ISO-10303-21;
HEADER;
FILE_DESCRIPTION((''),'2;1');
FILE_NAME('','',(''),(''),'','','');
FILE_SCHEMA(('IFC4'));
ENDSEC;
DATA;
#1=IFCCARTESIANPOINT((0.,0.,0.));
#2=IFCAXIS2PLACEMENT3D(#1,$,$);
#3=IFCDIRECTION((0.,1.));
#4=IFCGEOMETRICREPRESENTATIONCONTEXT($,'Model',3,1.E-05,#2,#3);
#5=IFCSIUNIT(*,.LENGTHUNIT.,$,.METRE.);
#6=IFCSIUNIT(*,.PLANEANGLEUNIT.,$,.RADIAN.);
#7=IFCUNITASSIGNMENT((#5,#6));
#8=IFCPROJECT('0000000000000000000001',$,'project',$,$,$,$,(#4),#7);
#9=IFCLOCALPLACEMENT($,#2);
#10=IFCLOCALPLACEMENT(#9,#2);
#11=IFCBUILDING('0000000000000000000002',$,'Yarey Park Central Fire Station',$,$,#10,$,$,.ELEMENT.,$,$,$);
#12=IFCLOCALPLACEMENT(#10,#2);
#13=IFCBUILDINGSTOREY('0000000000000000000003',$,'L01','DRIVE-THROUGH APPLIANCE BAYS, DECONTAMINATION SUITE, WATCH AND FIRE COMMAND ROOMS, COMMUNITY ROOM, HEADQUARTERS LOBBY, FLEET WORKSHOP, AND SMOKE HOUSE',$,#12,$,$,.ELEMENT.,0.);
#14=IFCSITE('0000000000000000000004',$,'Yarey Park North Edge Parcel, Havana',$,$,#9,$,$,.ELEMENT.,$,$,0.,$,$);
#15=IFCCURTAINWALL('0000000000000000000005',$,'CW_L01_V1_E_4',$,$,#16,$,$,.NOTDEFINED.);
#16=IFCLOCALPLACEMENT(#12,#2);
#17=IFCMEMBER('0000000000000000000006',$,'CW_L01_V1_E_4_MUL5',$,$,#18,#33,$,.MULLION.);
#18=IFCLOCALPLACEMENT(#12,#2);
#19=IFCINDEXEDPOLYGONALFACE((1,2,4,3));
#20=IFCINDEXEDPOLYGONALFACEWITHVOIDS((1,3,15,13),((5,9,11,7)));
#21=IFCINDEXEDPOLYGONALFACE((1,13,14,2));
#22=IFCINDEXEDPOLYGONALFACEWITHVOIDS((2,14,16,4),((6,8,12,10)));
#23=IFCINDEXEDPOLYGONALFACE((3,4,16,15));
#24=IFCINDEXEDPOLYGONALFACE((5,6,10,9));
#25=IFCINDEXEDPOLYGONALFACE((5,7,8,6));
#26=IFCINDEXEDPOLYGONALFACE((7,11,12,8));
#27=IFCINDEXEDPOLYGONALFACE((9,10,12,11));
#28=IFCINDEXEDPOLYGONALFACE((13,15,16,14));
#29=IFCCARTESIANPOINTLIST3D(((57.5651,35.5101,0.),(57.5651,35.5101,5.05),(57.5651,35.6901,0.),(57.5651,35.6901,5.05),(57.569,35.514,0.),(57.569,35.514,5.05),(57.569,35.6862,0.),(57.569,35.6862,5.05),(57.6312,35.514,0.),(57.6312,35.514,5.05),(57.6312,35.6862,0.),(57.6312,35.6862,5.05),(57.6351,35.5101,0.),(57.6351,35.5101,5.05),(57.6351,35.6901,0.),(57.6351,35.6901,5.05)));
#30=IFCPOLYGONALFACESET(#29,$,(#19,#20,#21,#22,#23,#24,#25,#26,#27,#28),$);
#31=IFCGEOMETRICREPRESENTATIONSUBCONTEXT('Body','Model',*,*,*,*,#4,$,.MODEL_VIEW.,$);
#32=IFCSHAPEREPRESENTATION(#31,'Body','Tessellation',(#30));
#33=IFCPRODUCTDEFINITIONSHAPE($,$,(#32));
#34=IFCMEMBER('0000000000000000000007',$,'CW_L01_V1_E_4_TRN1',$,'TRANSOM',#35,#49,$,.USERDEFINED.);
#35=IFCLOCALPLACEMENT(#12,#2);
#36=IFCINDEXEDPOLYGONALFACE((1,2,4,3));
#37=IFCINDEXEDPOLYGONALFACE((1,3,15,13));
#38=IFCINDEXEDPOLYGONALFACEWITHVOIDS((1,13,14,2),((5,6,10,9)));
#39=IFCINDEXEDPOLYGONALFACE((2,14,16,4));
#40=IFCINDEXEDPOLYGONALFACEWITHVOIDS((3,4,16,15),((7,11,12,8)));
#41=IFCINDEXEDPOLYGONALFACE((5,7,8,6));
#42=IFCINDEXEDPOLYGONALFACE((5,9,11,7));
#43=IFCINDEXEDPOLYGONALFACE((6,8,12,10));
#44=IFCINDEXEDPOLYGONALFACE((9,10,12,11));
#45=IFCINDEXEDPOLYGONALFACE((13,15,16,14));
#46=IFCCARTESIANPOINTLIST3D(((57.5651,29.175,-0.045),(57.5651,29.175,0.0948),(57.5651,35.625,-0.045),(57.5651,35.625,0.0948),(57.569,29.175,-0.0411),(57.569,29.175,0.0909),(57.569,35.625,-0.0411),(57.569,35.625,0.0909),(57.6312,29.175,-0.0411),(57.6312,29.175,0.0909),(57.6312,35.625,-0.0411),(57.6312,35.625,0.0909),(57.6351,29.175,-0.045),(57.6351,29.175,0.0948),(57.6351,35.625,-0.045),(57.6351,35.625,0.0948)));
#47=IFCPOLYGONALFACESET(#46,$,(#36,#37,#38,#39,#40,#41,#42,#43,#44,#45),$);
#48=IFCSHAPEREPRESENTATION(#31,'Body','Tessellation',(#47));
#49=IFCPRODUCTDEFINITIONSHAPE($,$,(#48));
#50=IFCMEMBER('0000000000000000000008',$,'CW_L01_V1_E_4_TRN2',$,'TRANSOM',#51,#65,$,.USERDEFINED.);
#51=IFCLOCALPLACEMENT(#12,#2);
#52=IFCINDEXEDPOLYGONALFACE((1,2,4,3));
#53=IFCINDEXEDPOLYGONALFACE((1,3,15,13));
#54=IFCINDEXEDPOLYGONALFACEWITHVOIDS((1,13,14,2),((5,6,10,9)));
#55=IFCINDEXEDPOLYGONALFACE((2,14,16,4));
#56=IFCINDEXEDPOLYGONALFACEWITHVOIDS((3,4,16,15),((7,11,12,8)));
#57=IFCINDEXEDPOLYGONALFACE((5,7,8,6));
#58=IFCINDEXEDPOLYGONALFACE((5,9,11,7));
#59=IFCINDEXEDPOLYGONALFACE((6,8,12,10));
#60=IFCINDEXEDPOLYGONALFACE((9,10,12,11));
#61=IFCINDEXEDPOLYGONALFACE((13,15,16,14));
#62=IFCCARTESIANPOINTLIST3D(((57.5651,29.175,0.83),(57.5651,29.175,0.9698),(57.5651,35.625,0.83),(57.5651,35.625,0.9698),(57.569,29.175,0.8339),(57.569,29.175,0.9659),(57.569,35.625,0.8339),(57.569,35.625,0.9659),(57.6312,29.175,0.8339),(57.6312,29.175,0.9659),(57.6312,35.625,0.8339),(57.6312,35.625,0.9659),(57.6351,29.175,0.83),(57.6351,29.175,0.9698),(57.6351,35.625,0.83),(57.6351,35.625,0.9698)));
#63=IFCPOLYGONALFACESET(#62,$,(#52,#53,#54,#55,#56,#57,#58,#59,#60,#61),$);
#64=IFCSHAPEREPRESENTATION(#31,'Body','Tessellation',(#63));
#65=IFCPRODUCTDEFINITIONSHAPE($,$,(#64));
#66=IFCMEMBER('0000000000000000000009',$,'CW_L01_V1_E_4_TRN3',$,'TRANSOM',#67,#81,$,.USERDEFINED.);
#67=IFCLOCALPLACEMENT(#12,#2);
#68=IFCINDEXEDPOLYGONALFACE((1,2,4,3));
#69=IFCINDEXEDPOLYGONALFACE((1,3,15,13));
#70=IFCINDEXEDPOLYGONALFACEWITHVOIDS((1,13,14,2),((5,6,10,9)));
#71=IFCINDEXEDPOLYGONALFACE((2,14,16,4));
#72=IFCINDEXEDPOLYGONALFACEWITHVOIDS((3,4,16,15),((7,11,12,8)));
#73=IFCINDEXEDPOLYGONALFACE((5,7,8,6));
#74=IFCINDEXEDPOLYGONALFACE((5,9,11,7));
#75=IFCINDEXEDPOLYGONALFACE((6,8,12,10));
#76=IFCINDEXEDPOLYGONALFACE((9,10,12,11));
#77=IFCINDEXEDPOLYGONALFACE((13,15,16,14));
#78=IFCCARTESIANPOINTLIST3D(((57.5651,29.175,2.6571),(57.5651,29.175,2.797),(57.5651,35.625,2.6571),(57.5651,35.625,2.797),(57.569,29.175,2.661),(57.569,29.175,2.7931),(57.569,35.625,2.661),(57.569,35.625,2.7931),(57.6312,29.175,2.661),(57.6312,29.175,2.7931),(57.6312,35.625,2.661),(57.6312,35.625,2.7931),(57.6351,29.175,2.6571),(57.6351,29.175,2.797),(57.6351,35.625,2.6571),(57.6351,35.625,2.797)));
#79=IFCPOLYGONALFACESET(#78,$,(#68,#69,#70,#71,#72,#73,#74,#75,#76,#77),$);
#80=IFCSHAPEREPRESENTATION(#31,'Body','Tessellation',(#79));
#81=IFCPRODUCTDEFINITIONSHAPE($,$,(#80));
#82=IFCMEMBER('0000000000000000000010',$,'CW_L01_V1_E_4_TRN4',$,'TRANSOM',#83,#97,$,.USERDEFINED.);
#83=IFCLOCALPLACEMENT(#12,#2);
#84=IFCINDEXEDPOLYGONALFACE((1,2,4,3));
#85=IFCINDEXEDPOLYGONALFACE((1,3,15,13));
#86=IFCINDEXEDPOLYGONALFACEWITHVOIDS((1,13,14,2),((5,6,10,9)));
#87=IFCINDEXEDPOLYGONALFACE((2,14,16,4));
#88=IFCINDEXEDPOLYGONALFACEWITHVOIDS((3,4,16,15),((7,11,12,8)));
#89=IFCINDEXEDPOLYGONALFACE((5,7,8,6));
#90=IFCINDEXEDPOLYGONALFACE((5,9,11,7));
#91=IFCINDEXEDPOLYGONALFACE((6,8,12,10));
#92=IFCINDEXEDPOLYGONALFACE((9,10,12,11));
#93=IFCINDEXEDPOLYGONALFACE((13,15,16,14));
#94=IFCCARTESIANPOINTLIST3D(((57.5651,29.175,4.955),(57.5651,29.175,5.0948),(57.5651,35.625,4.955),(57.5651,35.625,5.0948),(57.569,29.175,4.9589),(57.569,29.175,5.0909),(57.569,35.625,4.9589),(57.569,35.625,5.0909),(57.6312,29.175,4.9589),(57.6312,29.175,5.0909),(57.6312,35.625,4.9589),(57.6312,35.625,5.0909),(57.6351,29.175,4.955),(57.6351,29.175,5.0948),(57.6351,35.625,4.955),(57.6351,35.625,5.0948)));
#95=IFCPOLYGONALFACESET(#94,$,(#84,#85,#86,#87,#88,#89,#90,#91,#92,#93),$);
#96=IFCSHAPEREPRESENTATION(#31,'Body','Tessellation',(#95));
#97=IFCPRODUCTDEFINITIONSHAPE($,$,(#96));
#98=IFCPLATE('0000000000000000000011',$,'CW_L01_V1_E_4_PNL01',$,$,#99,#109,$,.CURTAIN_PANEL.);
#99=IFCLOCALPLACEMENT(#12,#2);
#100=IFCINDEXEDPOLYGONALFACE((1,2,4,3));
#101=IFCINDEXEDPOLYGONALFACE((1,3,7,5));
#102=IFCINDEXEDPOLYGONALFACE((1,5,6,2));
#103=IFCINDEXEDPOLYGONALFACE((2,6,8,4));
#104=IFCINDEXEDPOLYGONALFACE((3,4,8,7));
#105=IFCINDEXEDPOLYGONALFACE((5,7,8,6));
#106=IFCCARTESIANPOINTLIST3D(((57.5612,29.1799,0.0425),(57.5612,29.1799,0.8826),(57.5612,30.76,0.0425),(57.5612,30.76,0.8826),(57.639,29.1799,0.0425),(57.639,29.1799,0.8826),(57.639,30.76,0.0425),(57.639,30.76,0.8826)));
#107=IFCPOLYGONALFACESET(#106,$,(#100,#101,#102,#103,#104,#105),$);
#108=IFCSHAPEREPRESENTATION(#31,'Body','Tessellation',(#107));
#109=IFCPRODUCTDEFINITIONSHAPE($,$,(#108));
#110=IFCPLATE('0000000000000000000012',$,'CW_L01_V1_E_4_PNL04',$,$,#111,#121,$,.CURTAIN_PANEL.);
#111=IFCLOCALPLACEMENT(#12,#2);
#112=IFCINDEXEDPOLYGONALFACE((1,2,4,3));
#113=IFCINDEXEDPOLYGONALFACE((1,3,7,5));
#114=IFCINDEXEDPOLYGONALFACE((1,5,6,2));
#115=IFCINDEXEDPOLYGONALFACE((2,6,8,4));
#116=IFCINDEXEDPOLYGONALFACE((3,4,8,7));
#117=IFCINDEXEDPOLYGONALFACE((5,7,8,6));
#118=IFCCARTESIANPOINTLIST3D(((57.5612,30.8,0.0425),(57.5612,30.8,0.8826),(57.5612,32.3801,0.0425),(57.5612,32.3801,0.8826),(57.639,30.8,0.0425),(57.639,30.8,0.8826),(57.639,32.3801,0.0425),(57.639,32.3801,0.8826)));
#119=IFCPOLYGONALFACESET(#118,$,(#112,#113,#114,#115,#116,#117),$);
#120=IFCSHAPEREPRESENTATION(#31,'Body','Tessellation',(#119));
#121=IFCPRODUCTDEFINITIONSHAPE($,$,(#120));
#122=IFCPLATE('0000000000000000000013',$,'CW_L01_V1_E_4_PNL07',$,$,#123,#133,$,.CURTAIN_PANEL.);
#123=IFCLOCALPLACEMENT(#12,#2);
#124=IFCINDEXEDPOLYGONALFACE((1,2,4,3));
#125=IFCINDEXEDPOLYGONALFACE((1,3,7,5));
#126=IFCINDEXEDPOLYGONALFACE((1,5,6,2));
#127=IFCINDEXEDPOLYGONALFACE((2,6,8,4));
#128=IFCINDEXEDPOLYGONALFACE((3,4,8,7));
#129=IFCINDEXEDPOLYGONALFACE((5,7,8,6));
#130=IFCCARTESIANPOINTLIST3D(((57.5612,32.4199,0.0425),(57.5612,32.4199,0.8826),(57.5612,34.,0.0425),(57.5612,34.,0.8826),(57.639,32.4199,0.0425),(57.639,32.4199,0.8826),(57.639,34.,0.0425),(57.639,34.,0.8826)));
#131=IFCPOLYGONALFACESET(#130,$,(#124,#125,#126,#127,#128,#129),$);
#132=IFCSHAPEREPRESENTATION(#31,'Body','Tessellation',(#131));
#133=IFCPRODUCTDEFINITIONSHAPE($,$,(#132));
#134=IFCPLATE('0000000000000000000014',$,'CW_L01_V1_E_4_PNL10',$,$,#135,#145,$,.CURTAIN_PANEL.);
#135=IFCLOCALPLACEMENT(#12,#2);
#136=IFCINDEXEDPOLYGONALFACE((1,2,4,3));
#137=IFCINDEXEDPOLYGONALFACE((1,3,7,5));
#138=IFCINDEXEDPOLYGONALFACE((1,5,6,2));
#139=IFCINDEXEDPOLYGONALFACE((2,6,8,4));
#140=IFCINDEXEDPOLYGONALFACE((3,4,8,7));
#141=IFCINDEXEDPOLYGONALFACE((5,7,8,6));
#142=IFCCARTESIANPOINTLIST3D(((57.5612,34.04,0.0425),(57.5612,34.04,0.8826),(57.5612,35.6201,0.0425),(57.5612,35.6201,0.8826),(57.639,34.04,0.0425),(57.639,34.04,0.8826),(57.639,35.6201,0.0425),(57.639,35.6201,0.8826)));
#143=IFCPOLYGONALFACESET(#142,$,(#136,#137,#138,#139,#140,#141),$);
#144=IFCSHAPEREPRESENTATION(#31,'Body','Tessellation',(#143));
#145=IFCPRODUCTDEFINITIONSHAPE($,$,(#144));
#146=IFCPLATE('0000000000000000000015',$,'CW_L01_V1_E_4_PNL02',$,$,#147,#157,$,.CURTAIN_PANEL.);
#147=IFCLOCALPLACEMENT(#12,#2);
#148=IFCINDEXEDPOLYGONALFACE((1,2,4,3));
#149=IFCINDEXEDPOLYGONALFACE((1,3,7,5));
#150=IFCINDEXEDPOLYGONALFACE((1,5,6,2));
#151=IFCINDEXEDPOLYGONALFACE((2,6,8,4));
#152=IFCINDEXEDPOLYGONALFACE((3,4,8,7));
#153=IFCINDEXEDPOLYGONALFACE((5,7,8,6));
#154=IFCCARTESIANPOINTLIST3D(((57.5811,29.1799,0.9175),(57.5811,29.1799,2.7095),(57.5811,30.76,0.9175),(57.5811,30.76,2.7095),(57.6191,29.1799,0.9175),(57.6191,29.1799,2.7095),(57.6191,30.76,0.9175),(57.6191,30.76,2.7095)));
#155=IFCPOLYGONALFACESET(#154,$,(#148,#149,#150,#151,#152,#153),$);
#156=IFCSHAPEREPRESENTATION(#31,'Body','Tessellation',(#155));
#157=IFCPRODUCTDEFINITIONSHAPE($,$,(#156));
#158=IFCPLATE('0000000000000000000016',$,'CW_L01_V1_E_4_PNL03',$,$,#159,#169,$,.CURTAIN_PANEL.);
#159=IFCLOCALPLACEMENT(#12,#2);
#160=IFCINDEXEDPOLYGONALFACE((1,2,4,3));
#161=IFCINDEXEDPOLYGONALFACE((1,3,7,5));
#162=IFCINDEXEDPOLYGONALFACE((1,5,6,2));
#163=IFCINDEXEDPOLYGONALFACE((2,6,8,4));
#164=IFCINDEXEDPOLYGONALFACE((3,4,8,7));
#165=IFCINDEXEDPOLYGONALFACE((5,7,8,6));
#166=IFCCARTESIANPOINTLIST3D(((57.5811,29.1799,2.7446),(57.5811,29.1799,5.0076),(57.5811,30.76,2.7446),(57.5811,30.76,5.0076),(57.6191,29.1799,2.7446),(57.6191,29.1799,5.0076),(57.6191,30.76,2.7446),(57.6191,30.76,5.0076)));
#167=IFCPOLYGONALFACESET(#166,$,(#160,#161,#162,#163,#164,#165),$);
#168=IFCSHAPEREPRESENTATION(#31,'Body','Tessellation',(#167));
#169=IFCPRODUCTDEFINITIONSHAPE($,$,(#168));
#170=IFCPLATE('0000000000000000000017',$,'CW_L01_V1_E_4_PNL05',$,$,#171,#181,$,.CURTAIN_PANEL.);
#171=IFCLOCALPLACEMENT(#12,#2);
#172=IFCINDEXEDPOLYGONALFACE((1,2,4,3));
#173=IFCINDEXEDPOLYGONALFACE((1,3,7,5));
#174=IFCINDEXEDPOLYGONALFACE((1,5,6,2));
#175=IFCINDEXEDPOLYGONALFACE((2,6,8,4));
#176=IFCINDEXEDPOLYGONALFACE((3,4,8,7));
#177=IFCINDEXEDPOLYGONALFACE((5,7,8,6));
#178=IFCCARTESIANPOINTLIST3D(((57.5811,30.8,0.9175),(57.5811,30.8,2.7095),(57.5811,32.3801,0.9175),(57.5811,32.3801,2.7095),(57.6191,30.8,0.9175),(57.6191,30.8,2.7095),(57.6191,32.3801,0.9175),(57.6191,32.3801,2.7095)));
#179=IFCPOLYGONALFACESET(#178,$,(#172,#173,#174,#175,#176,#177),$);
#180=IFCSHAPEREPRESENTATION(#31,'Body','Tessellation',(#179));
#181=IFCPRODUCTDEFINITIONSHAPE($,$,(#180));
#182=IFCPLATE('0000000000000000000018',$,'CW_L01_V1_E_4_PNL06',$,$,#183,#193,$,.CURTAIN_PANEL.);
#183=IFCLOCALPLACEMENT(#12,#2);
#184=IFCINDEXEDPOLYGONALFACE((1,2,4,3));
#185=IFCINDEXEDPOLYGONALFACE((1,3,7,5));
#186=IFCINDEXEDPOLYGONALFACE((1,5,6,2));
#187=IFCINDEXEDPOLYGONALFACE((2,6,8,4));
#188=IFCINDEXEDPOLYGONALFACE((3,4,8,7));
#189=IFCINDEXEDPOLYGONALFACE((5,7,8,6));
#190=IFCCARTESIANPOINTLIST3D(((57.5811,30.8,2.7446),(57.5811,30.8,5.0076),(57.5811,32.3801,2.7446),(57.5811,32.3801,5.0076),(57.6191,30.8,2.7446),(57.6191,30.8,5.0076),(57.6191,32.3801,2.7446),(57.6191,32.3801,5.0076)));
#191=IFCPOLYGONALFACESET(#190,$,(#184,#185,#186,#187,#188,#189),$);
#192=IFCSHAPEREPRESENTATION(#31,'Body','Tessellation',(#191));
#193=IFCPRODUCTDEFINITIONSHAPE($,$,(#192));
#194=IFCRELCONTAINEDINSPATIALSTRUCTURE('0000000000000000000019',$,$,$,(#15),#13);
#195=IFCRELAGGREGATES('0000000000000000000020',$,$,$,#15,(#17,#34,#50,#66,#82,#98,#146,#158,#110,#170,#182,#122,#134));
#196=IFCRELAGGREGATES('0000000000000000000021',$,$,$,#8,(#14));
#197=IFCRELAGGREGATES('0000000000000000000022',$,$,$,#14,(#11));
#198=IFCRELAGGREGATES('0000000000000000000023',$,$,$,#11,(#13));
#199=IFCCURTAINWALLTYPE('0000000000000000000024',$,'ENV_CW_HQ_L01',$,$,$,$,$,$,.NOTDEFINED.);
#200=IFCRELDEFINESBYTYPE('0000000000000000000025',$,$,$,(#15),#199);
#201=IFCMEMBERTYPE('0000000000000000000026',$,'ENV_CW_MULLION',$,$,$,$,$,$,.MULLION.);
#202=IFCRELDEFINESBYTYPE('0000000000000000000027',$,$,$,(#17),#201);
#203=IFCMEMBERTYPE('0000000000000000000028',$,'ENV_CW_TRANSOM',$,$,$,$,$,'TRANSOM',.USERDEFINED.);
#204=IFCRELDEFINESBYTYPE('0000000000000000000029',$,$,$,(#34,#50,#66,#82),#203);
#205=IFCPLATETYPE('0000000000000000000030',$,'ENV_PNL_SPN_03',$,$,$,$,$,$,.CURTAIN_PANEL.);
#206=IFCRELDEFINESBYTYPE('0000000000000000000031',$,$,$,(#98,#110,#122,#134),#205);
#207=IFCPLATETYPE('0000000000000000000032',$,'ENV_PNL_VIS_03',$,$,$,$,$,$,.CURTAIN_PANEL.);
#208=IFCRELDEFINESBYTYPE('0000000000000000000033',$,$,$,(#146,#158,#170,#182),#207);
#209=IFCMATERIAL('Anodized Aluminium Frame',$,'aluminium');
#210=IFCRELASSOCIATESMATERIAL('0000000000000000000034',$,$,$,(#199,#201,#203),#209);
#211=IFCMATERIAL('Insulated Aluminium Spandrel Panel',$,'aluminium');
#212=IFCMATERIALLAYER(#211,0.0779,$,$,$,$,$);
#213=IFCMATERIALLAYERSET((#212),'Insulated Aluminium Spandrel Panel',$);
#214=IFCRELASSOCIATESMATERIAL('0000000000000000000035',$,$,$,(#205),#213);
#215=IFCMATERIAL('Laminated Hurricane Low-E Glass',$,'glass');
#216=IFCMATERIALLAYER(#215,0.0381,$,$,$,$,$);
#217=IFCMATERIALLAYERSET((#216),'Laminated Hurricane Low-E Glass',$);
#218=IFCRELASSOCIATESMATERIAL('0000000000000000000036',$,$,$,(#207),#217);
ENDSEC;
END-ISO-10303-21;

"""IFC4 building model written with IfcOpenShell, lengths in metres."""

from ifc_helpers import new_model, si_unit, direction, frame, origin, origin_2d, place, context, subcontext, project, spatial, rectangle, hollow_rectangle, extrude, material, layer, layer_set, material_profile, profile_set, type_object, element, aggregate, save


model = new_model("IFC4")

# Units and contexts
model_context = context("Model", 3, precision=1e-05, world=origin(), true_north=direction((0.0, 1.0)))
body_context = subcontext(model_context, "Body", "Model", "MODEL_VIEW")
ifc_project = project(units=[si_unit("LENGTHUNIT", "METRE"), si_unit("PLANEANGLEUNIT", "RADIAN")], contexts=[model_context])

# Site, building, storey
site_placement = place(None, origin())
site = spatial("IfcSite", under=ifc_project, at=site_placement, Name="Yarey Park North Edge Parcel, Havana", CompositionType="ELEMENT", RefElevation=0.0)
building_placement = place(site_placement, origin())
building = spatial("IfcBuilding", under=site, at=building_placement, Name="Yarey Park Central Fire Station", CompositionType="ELEMENT")
storey_placement = place(building_placement, origin())
storey = spatial("IfcBuildingStorey", under=building, at=storey_placement, Name="L01", Description="DRIVE-THROUGH APPLIANCE BAYS, DECONTAMINATION SUITE, WATCH AND FIRE COMMAND ROOMS, COMMUNITY ROOM, HEADQUARTERS LOBBY, FLEET WORKSHOP, AND SMOKE HOUSE", CompositionType="ELEMENT", Elevation=0.0)

# Curtain wall, members, plates
ifc_material_1 = material(Name="Anodized Aluminium Frame", Category="aluminium")
curtain_wall_type = type_object("IfcCurtainWallType", Name="ENV_CW_HQ_L01", PredefinedType="NOTDEFINED", material=ifc_material_1)
curtain_wall_placement = place(storey_placement, origin())
curtain_wall = element("IfcCurtainWall", 1, at=curtain_wall_placement, inside=storey, type_object=curtain_wall_type, Name="CW_L01_V1_E_4", PredefinedType="NOTDEFINED")
ifc_material_profile_1 = material_profile(ifc_material_1, hollow_rectangle(XDim=0.0701, YDim=0.1799, WallThickness=0.0039, at=origin_2d()), Name="ALU 180x70x4")
ifc_profile_set_1 = profile_set([ifc_material_profile_1], Name="Anodized Aluminium Frame")
member_type_1 = type_object("IfcMemberType", Name="ENV_CW_MULLION", PredefinedType="MULLION", material=ifc_profile_set_1)
member_1_placement = place(storey_placement, frame((57.6001, 35.6001, 0.0), z_axis=(0.0, 0.0, 1.0), x_axis=(1.0, 0.0, 0.0)))
member_1 = element("IfcMember", 2, at=member_1_placement, type_object=member_type_1, Name="CW_L01_V1_E_4_MUL5", PredefinedType="MULLION", context=body_context, shape_type="SweptSolid", body=[
    extrude(hollow_rectangle(XDim=0.0701, YDim=0.1799, WallThickness=0.0039, at=origin_2d()), origin(), (0.0, 0.0, 1.0), 5.05),
])
ifc_material_profile_2 = material_profile(ifc_material_1, hollow_rectangle(XDim=0.0701, YDim=0.1399, WallThickness=0.0039, at=origin_2d()), Name="ALU 140x70x4")
ifc_profile_set_2 = profile_set([ifc_material_profile_2], Name="Anodized Aluminium Frame")
member_type_2 = type_object("IfcMemberType", Name="ENV_CW_TRANSOM", ElementType="TRANSOM", PredefinedType="USERDEFINED", material=ifc_profile_set_2)
member_2_placement = place(storey_placement, frame((57.6001, 29.175, 0.0249), z_axis=(0.0, 1.0, 0.0), x_axis=(-1.0, 0.0, 0.0)))
member_2 = element("IfcMember", 3, at=member_2_placement, type_object=member_type_2, Name="CW_L01_V1_E_4_TRN1", ObjectType="TRANSOM", PredefinedType="USERDEFINED", context=body_context, shape_type="SweptSolid", body=[
    extrude(hollow_rectangle(XDim=0.0701, YDim=0.1399, WallThickness=0.0039, at=origin_2d()), origin(), (0.0, 0.0, 1.0), 6.45),
])
member_3_placement = place(storey_placement, frame((57.6001, 29.175, 0.8999), z_axis=(0.0, 1.0, 0.0), x_axis=(-1.0, 0.0, 0.0)))
member_3 = element("IfcMember", 4, at=member_3_placement, type_object=member_type_2, Name="CW_L01_V1_E_4_TRN2", ObjectType="TRANSOM", PredefinedType="USERDEFINED", context=body_context, shape_type="SweptSolid", body=[
    extrude(hollow_rectangle(XDim=0.0701, YDim=0.1399, WallThickness=0.0039, at=origin_2d()), origin(), (0.0, 0.0, 1.0), 6.45),
])
member_4_placement = place(storey_placement, frame((57.6001, 29.175, 2.7271), z_axis=(0.0, 1.0, 0.0), x_axis=(-1.0, 0.0, 0.0)))
member_4 = element("IfcMember", 5, at=member_4_placement, type_object=member_type_2, Name="CW_L01_V1_E_4_TRN3", ObjectType="TRANSOM", PredefinedType="USERDEFINED", context=body_context, shape_type="SweptSolid", body=[
    extrude(hollow_rectangle(XDim=0.0701, YDim=0.1399, WallThickness=0.0039, at=origin_2d()), origin(), (0.0, 0.0, 1.0), 6.45),
])
member_5_placement = place(storey_placement, frame((57.6001, 29.175, 5.0249), z_axis=(0.0, 1.0, 0.0), x_axis=(-1.0, 0.0, 0.0)))
member_5 = element("IfcMember", 6, at=member_5_placement, type_object=member_type_2, Name="CW_L01_V1_E_4_TRN4", ObjectType="TRANSOM", PredefinedType="USERDEFINED", context=body_context, shape_type="SweptSolid", body=[
    extrude(hollow_rectangle(XDim=0.0701, YDim=0.1399, WallThickness=0.0039, at=origin_2d()), origin(), (0.0, 0.0, 1.0), 6.45),
])
ifc_material_2 = material(Name="Insulated Aluminium Spandrel Panel", Category="aluminium")
ifc_layer_1 = layer(ifc_material_2, 0.0779)
ifc_layer_set_1 = layer_set([ifc_layer_1], Name="Insulated Aluminium Spandrel Panel")
plate_type_1 = type_object("IfcPlateType", Name="ENV_PNL_SPN_03", PredefinedType="CURTAIN_PANEL", material=ifc_layer_set_1)
plate_1_placement = place(storey_placement, frame((57.6001, 29.97, 0.0425), z_axis=(0.0, 0.0, 1.0), x_axis=(0.0, 1.0, 0.0)))
plate_1 = element("IfcPlate", 7, at=plate_1_placement, type_object=plate_type_1, Name="CW_L01_V1_E_4_PNL01", PredefinedType="CURTAIN_PANEL", context=body_context, shape_type="SweptSolid", body=[
    extrude(rectangle(XDim=1.5801, YDim=0.0779, at=origin_2d()), origin(), (0.0, 0.0, 1.0), 0.8401),
])
plate_2_placement = place(storey_placement, frame((57.6001, 31.5901, 0.0425), z_axis=(0.0, 0.0, 1.0), x_axis=(0.0, 1.0, 0.0)))
plate_2 = element("IfcPlate", 8, at=plate_2_placement, type_object=plate_type_1, Name="CW_L01_V1_E_4_PNL04", PredefinedType="CURTAIN_PANEL", context=body_context, shape_type="SweptSolid", body=[
    extrude(rectangle(XDim=1.5801, YDim=0.0779, at=origin_2d()), origin(), (0.0, 0.0, 1.0), 0.8401),
])
plate_3_placement = place(storey_placement, frame((57.6001, 33.21, 0.0425), z_axis=(0.0, 0.0, 1.0), x_axis=(0.0, 1.0, 0.0)))
plate_3 = element("IfcPlate", 9, at=plate_3_placement, type_object=plate_type_1, Name="CW_L01_V1_E_4_PNL07", PredefinedType="CURTAIN_PANEL", context=body_context, shape_type="SweptSolid", body=[
    extrude(rectangle(XDim=1.5801, YDim=0.0779, at=origin_2d()), origin(), (0.0, 0.0, 1.0), 0.8401),
])
plate_4_placement = place(storey_placement, frame((57.6001, 34.8301, 0.0425), z_axis=(0.0, 0.0, 1.0), x_axis=(0.0, 1.0, 0.0)))
plate_4 = element("IfcPlate", 10, at=plate_4_placement, type_object=plate_type_1, Name="CW_L01_V1_E_4_PNL10", PredefinedType="CURTAIN_PANEL", context=body_context, shape_type="SweptSolid", body=[
    extrude(rectangle(XDim=1.5801, YDim=0.0779, at=origin_2d()), origin(), (0.0, 0.0, 1.0), 0.8401),
])
ifc_material_3 = material(Name="Laminated Hurricane Low-E Glass", Category="glass")
ifc_layer_2 = layer(ifc_material_3, 0.0381)
ifc_layer_set_2 = layer_set([ifc_layer_2], Name="Laminated Hurricane Low-E Glass")
plate_type_2 = type_object("IfcPlateType", Name="ENV_PNL_VIS_03", PredefinedType="CURTAIN_PANEL", material=ifc_layer_set_2)
plate_5_placement = place(storey_placement, frame((57.6001, 29.97, 0.9175), z_axis=(0.0, 0.0, 1.0), x_axis=(0.0, 1.0, 0.0)))
plate_5 = element("IfcPlate", 11, at=plate_5_placement, type_object=plate_type_2, Name="CW_L01_V1_E_4_PNL02", PredefinedType="CURTAIN_PANEL", context=body_context, shape_type="SweptSolid", body=[
    extrude(rectangle(XDim=1.5801, YDim=0.0381, at=origin_2d()), origin(), (0.0, 0.0, 1.0), 1.792),
])
plate_6_placement = place(storey_placement, frame((57.6001, 29.97, 2.7446), z_axis=(0.0, 0.0, 1.0), x_axis=(0.0, 1.0, 0.0)))
plate_6 = element("IfcPlate", 12, at=plate_6_placement, type_object=plate_type_2, Name="CW_L01_V1_E_4_PNL03", PredefinedType="CURTAIN_PANEL", context=body_context, shape_type="SweptSolid", body=[
    extrude(rectangle(XDim=1.5801, YDim=0.0381, at=origin_2d()), origin(), (0.0, 0.0, 1.0), 2.2629),
])
plate_7_placement = place(storey_placement, frame((57.6001, 31.5901, 0.9175), z_axis=(0.0, 0.0, 1.0), x_axis=(0.0, 1.0, 0.0)))
plate_7 = element("IfcPlate", 13, at=plate_7_placement, type_object=plate_type_2, Name="CW_L01_V1_E_4_PNL05", PredefinedType="CURTAIN_PANEL", context=body_context, shape_type="SweptSolid", body=[
    extrude(rectangle(XDim=1.5801, YDim=0.0381, at=origin_2d()), origin(), (0.0, 0.0, 1.0), 1.792),
])
plate_8_placement = place(storey_placement, frame((57.6001, 31.5901, 2.7446), z_axis=(0.0, 0.0, 1.0), x_axis=(0.0, 1.0, 0.0)))
plate_8 = element("IfcPlate", 14, at=plate_8_placement, type_object=plate_type_2, Name="CW_L01_V1_E_4_PNL06", PredefinedType="CURTAIN_PANEL", context=body_context, shape_type="SweptSolid", body=[
    extrude(rectangle(XDim=1.5801, YDim=0.0381, at=origin_2d()), origin(), (0.0, 0.0, 1.0), 2.2629),
])
aggregate(curtain_wall, [member_1, member_2, member_3, member_4, member_5, plate_1, plate_5, plate_6, plate_2, plate_7, plate_8, plate_3, plate_4])

save(model, "model.ifc")
